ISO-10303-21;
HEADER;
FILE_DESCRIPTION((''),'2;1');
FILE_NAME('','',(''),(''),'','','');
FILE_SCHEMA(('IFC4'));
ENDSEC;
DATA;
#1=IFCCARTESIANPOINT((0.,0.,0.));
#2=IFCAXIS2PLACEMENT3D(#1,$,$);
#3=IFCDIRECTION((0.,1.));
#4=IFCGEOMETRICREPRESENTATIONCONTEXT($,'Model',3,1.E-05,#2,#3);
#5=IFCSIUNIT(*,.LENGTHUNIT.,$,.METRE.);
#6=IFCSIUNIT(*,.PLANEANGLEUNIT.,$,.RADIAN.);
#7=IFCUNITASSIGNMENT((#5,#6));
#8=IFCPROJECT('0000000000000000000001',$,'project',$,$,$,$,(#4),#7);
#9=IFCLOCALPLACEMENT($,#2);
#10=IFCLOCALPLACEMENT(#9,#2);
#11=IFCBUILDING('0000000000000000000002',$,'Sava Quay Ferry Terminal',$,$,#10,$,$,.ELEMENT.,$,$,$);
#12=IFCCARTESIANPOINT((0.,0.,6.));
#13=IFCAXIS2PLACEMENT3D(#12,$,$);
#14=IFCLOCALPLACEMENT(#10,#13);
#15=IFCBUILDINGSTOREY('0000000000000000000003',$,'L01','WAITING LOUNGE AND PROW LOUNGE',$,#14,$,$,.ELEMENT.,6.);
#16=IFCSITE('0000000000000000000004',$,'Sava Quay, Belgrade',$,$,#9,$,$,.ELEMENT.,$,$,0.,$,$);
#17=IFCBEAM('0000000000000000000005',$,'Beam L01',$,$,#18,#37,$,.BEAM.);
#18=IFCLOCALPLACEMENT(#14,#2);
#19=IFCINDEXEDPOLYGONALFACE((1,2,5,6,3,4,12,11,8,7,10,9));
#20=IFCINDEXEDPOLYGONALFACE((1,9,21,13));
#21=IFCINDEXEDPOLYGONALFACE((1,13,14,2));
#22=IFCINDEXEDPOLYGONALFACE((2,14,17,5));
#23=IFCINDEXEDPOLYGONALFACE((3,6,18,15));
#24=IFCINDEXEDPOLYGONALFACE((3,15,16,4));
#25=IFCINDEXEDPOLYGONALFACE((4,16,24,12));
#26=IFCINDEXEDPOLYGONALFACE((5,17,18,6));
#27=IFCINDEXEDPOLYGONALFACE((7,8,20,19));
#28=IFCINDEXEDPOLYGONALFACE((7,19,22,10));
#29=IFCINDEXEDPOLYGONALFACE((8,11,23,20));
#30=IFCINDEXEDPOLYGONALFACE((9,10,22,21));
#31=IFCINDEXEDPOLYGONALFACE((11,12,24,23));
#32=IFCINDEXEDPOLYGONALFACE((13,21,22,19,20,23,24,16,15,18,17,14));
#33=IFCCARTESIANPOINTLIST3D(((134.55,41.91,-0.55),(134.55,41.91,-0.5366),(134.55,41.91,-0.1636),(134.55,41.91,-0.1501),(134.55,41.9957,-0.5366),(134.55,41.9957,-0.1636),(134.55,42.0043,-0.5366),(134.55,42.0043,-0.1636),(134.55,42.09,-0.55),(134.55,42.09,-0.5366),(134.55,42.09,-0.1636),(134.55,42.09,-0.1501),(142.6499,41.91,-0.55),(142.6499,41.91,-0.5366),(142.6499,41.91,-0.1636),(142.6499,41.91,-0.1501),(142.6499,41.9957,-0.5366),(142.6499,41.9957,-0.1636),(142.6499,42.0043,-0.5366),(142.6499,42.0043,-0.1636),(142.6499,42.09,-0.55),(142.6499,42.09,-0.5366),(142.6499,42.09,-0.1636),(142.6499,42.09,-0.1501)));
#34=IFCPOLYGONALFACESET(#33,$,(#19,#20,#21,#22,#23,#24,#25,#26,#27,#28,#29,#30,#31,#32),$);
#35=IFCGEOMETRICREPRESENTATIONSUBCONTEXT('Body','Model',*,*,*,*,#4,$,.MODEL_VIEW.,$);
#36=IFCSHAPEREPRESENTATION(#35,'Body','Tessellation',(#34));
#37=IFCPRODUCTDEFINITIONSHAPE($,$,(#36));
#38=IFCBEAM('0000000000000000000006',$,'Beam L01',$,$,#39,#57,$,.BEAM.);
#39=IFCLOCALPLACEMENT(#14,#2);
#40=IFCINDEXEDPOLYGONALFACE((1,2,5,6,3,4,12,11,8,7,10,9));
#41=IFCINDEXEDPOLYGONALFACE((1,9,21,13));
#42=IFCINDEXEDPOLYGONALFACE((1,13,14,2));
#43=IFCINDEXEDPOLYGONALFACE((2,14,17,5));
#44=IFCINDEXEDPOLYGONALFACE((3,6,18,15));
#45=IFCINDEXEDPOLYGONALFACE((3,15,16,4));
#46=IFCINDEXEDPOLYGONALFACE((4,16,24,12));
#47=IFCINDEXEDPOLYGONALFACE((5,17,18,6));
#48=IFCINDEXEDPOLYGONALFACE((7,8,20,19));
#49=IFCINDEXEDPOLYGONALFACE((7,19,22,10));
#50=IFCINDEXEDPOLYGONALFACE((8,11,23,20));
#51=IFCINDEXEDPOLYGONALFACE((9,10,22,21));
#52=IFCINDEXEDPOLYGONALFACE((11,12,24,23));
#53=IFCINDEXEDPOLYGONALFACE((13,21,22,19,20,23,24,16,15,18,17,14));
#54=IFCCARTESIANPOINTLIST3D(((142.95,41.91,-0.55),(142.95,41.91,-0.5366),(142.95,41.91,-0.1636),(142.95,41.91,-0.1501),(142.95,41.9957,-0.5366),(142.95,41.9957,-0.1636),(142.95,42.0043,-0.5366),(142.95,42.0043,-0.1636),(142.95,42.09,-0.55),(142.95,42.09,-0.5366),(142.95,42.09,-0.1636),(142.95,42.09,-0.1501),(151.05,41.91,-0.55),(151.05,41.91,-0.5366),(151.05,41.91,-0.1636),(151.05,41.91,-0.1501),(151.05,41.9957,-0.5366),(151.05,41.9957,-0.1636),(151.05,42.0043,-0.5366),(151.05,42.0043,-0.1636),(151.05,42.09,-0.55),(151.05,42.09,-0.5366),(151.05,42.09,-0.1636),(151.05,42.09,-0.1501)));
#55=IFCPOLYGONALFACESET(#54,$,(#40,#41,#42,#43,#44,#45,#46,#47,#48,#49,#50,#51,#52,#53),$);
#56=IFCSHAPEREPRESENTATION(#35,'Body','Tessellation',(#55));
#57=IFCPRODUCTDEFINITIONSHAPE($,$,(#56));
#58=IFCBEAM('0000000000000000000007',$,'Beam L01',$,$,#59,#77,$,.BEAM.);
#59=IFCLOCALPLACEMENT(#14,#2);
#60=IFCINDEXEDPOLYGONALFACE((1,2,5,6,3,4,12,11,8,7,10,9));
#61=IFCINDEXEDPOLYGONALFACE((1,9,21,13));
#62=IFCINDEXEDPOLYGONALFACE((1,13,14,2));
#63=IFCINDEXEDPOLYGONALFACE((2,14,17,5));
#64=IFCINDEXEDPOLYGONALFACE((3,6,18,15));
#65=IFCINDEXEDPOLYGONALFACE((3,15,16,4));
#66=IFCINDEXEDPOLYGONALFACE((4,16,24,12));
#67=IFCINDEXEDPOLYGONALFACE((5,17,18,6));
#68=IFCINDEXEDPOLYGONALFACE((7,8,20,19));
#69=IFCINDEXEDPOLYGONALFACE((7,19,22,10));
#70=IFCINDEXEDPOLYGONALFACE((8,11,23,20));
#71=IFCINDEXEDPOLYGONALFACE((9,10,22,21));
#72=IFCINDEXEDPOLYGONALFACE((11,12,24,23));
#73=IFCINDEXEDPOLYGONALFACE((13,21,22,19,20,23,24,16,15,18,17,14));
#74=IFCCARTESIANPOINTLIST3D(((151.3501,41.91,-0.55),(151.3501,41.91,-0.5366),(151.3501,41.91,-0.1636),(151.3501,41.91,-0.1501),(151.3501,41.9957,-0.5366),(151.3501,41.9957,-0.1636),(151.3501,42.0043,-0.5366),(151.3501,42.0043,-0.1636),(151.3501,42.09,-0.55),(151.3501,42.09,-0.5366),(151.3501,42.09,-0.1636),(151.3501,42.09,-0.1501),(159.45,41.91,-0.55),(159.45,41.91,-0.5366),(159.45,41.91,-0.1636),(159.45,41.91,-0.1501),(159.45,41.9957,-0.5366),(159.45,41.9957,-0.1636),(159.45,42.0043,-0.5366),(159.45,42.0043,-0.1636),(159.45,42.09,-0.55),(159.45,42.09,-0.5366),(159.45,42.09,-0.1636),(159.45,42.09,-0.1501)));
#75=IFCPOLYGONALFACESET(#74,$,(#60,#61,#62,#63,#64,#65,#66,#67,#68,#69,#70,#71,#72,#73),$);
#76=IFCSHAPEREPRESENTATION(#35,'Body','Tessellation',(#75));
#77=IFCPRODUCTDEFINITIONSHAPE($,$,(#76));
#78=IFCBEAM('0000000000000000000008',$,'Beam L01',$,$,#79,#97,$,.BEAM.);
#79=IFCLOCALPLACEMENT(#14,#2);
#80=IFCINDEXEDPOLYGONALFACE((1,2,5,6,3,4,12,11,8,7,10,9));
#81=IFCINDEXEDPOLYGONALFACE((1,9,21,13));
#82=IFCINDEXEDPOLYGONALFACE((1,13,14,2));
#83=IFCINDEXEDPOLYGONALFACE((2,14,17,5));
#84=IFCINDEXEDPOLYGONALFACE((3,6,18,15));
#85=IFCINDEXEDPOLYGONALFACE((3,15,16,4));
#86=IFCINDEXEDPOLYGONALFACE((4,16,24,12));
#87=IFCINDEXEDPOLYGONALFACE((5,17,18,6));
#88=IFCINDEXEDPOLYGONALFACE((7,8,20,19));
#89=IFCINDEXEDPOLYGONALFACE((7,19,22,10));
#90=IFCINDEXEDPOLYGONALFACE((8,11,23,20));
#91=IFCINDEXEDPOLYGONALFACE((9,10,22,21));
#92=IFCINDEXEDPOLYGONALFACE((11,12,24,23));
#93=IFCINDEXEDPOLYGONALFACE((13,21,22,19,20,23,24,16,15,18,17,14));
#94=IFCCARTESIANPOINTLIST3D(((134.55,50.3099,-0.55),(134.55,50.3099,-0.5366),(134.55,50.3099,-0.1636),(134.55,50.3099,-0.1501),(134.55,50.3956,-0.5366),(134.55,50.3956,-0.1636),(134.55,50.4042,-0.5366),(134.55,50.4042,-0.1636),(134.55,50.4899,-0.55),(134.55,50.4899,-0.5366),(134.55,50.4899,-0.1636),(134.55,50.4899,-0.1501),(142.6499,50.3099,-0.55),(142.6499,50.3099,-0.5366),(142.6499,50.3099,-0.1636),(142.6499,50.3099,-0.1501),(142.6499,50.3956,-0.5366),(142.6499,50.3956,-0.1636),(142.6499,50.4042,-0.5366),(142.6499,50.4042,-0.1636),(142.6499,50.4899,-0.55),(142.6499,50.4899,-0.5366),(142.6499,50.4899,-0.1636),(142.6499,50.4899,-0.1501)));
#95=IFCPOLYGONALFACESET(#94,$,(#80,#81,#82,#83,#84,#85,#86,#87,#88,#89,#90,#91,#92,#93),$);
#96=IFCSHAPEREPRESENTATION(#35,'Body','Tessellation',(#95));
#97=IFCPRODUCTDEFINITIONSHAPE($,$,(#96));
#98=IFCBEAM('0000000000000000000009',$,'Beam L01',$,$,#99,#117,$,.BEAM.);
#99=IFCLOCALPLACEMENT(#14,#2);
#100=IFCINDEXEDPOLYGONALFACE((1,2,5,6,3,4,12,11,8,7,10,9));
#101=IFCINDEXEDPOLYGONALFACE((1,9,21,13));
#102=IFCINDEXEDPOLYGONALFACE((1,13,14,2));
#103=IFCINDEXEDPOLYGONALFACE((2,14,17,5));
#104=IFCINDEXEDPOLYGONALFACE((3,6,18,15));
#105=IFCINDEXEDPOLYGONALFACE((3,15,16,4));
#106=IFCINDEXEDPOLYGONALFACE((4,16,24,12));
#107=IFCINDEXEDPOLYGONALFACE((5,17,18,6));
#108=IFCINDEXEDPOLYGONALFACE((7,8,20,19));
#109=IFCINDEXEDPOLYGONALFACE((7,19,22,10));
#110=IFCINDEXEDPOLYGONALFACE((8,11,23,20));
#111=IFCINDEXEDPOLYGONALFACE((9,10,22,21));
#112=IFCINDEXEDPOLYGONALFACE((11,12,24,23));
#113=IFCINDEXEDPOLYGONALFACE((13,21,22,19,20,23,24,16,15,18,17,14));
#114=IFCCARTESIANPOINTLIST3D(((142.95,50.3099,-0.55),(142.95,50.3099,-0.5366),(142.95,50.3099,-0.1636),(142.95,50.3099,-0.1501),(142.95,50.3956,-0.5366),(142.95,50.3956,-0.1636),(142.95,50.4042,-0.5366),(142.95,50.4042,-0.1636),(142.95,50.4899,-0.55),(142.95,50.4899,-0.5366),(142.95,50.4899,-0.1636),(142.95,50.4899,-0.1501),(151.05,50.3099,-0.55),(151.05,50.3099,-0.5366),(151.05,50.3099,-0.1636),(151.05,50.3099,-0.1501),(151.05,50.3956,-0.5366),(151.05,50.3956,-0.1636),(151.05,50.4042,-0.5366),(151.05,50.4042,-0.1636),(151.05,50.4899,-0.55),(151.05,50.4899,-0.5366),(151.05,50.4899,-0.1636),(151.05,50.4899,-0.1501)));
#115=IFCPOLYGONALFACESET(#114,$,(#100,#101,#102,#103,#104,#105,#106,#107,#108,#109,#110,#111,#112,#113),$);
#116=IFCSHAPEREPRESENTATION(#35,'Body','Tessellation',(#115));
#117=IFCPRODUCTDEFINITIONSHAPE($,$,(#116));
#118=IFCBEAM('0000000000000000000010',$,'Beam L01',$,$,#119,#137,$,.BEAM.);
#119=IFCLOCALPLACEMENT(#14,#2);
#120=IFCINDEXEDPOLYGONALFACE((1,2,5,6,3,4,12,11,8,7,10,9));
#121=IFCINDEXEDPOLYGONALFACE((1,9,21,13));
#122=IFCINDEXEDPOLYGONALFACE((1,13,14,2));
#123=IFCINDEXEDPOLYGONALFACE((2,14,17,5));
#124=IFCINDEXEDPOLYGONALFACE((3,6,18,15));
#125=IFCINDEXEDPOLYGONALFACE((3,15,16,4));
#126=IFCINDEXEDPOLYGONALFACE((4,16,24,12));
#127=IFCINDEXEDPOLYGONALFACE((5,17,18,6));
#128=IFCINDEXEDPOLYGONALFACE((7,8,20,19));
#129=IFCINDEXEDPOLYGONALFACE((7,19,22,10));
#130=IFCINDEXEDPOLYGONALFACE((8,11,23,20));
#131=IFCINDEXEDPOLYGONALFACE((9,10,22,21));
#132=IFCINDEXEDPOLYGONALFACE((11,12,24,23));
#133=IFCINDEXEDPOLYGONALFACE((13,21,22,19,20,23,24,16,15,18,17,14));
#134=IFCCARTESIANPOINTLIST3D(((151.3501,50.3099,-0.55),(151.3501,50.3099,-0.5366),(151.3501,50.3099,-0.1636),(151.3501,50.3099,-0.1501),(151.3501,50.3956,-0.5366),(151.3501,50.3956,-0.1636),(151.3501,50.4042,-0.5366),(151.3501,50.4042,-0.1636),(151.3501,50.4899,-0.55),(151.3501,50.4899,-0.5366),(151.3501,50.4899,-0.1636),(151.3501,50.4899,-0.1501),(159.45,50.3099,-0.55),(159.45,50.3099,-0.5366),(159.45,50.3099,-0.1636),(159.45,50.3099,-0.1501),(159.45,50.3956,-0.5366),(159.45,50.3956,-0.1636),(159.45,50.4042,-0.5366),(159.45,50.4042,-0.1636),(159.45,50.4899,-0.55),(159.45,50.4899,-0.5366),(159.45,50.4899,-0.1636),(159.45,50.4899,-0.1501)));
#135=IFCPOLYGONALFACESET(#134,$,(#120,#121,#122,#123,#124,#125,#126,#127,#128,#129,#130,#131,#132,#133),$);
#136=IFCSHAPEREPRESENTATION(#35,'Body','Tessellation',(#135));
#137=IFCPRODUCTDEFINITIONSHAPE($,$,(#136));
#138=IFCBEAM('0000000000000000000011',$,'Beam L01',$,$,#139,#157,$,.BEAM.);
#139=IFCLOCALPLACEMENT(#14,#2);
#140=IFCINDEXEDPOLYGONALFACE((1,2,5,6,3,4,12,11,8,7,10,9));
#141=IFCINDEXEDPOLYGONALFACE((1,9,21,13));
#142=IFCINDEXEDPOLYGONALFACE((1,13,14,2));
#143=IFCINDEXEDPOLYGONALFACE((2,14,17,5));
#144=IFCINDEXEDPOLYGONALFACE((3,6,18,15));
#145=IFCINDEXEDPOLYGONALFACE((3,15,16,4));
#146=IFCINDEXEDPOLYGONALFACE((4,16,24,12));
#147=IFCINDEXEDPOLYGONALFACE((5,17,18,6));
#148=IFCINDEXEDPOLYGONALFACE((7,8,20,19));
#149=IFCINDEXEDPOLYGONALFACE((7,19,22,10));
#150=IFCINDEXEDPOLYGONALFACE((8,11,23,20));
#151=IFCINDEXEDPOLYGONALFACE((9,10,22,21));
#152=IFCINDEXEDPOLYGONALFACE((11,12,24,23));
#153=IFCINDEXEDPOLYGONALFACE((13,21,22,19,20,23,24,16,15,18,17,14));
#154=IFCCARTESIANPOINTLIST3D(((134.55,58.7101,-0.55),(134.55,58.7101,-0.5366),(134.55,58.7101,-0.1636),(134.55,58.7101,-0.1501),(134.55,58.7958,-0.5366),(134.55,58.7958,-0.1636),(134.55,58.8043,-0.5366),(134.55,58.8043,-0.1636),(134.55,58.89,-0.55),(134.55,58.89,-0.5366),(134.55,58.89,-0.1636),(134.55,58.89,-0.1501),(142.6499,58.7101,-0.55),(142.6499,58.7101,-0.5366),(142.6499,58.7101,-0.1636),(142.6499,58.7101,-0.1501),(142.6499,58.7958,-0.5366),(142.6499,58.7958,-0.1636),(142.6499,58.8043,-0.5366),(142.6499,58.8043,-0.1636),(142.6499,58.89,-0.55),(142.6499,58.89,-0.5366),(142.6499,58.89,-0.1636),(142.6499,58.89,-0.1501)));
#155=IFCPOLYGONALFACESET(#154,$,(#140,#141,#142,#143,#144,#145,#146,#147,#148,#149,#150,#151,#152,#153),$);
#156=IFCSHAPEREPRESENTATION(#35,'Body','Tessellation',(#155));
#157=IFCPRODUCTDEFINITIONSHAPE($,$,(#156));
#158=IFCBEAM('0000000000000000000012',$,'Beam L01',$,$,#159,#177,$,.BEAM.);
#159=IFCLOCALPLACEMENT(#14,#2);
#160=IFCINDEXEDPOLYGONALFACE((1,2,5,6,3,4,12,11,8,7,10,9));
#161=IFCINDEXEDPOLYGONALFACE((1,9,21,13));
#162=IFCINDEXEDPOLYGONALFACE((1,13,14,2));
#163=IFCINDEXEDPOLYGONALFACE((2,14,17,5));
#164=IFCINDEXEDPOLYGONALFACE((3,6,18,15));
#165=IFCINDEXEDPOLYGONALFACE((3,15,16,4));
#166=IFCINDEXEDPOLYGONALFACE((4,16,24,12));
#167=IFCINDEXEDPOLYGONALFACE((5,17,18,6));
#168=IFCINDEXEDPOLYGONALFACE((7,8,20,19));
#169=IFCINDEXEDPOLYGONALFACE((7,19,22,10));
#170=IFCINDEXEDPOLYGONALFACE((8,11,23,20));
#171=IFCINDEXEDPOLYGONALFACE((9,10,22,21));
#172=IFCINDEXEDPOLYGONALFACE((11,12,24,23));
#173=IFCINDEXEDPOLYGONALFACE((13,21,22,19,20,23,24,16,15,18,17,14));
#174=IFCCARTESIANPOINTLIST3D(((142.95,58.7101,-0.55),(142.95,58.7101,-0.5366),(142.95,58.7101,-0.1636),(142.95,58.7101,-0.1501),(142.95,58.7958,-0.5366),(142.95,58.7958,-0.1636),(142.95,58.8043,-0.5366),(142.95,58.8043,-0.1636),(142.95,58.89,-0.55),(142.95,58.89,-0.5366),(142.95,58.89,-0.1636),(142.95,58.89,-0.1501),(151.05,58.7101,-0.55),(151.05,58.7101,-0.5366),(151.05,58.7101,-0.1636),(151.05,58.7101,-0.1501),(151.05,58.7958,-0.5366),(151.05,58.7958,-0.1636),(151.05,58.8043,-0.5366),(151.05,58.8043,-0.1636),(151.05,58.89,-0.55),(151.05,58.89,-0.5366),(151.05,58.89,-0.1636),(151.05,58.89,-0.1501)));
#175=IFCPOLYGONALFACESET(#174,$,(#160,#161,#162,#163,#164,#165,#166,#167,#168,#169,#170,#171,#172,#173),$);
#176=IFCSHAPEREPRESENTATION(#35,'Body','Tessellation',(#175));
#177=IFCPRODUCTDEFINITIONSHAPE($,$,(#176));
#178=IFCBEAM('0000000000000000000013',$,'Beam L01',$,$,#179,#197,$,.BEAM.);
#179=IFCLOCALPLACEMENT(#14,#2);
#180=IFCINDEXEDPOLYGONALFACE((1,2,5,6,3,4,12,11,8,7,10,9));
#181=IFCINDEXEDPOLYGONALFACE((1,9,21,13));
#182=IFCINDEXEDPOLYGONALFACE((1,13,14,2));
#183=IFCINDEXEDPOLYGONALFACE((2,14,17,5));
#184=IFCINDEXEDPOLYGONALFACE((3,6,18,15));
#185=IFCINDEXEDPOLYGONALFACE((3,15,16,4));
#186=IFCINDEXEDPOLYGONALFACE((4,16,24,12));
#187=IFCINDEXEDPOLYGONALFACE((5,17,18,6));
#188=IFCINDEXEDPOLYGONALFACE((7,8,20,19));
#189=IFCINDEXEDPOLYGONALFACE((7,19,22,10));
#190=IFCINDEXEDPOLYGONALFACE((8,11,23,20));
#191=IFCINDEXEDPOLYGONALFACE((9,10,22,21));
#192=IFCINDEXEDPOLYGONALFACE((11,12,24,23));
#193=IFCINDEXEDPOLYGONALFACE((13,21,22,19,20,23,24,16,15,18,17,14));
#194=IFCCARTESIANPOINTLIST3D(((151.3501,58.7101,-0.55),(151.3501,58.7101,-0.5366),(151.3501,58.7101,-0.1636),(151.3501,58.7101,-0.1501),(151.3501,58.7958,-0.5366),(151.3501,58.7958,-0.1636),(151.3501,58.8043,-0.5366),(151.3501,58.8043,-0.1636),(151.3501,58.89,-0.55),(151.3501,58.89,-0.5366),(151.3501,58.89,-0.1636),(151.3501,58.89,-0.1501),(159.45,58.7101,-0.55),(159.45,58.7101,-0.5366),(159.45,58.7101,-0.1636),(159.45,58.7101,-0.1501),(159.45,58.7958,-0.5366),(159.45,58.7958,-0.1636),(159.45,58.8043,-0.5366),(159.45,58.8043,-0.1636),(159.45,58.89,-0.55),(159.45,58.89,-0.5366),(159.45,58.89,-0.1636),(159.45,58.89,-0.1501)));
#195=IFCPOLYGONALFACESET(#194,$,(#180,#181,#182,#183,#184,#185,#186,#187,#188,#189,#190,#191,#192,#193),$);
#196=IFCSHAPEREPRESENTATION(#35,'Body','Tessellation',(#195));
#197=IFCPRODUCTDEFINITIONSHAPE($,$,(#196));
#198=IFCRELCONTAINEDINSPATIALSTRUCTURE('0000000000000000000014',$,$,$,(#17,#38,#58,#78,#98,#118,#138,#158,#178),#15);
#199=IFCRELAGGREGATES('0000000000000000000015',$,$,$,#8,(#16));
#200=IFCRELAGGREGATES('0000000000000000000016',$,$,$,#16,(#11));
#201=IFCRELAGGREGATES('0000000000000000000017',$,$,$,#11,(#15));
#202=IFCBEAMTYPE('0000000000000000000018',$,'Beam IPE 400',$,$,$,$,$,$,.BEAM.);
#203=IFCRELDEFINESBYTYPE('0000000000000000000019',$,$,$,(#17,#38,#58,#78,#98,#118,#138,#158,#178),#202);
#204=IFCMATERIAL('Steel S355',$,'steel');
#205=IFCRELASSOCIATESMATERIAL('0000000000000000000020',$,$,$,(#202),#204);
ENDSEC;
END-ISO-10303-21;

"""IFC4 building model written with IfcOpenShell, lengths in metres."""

from ifc_helpers import new_model, si_unit, direction, frame, origin, origin_2d, place, context, subcontext, project, spatial, i_section, extrude, material, material_profile, profile_set, type_object, element, save


model = new_model("IFC4")

# Units and contexts
model_context = context("Model", 3, precision=1e-05, world=origin(), true_north=direction((0.0, 1.0)))
body_context = subcontext(model_context, "Body", "Model", "MODEL_VIEW")
ifc_project = project(units=[si_unit("LENGTHUNIT", "METRE"), si_unit("PLANEANGLEUNIT", "RADIAN")], contexts=[model_context])

# Site, building, storey
site_placement = place(None, origin())
site = spatial("IfcSite", under=ifc_project, at=site_placement, Name="Sava Quay, Belgrade", CompositionType="ELEMENT", RefElevation=0.0)
building_placement = place(site_placement, origin())
building = spatial("IfcBuilding", under=site, at=building_placement, Name="Sava Quay Ferry Terminal", CompositionType="ELEMENT")
storey_placement = place(building_placement, frame((0.0, 0.0, 6.0)))
storey = spatial("IfcBuildingStorey", under=building, at=storey_placement, Name="L01", Description="WAITING LOUNGE AND PROW LOUNGE", CompositionType="ELEMENT", Elevation=6.0)

# Beams
ifc_material_1 = material(Name="Steel S355", Category="steel")
ifc_material_profile_1 = material_profile(ifc_material_1, i_section(OverallWidth=0.1799, OverallDepth=0.3999, WebThickness=0.0085, FlangeThickness=0.0134, at=origin_2d()), Name="IPE 400")
ifc_profile_set_1 = profile_set([ifc_material_profile_1], Name="Steel S355")
beam_type_1 = type_object("IfcBeamType", Name="Beam IPE 400", PredefinedType="BEAM", material=ifc_profile_set_1)
beam_1_placement = place(storey_placement, frame((134.55, 42.0, -0.3501), z_axis=(1.0, 0.0, 0.0), x_axis=(0.0, 1.0, 0.0)))
element("IfcBeam", 1, at=beam_1_placement, inside=storey, type_object=beam_type_1, Name="Beam L01", PredefinedType="BEAM", context=body_context, shape_type="SweptSolid", body=[
    extrude(i_section(OverallWidth=0.1799, OverallDepth=0.3999, WebThickness=0.0085, FlangeThickness=0.0134, at=origin_2d()), origin(), (0.0, 0.0, 1.0), 8.0999),
])
beam_2_placement = place(storey_placement, frame((142.95, 42.0, -0.3501), z_axis=(1.0, 0.0, 0.0), x_axis=(0.0, 1.0, 0.0)))
element("IfcBeam", 2, at=beam_2_placement, inside=storey, type_object=beam_type_1, Name="Beam L01", PredefinedType="BEAM", context=body_context, shape_type="SweptSolid", body=[
    extrude(i_section(OverallWidth=0.1799, OverallDepth=0.3999, WebThickness=0.0085, FlangeThickness=0.0134, at=origin_2d()), origin(), (0.0, 0.0, 1.0), 8.1001),
])
for number, where, z_axis, x_axis, name in (
    (3, (151.3501, 42.0, -0.3501), (1.0, 0.0, 0.0), (0.0, 1.0, 0.0), "Beam L01"),
    (4, (134.55, 50.3999, -0.3501), (1.0, 0.0, 0.0), (0.0, 1.0, 0.0), "Beam L01"),
):
    element("IfcBeam", number, at=place(storey_placement, frame(where, z_axis=z_axis, x_axis=x_axis)), inside=storey, type_object=beam_type_1, Name=name, PredefinedType="BEAM", context=body_context, shape_type="SweptSolid", body=[
        extrude(i_section(OverallWidth=0.1799, OverallDepth=0.3999, WebThickness=0.0085, FlangeThickness=0.0134, at=origin_2d()), origin(), (0.0, 0.0, 1.0), 8.0999),
    ])
beam_3_placement = place(storey_placement, frame((142.95, 50.3999, -0.3501), z_axis=(1.0, 0.0, 0.0), x_axis=(0.0, 1.0, 0.0)))
element("IfcBeam", 5, at=beam_3_placement, inside=storey, type_object=beam_type_1, Name="Beam L01", PredefinedType="BEAM", context=body_context, shape_type="SweptSolid", body=[
    extrude(i_section(OverallWidth=0.1799, OverallDepth=0.3999, WebThickness=0.0085, FlangeThickness=0.0134, at=origin_2d()), origin(), (0.0, 0.0, 1.0), 8.1001),
])
for number, where, z_axis, x_axis, name in (
    (6, (151.3501, 50.3999, -0.3501), (1.0, 0.0, 0.0), (0.0, 1.0, 0.0), "Beam L01"),
    (7, (134.55, 58.8, -0.3501), (1.0, 0.0, 0.0), (0.0, 1.0, 0.0), "Beam L01"),
):
    element("IfcBeam", number, at=place(storey_placement, frame(where, z_axis=z_axis, x_axis=x_axis)), inside=storey, type_object=beam_type_1, Name=name, PredefinedType="BEAM", context=body_context, shape_type="SweptSolid", body=[
        extrude(i_section(OverallWidth=0.1799, OverallDepth=0.3999, WebThickness=0.0085, FlangeThickness=0.0134, at=origin_2d()), origin(), (0.0, 0.0, 1.0), 8.0999),
    ])
beam_4_placement = place(storey_placement, frame((142.95, 58.8, -0.3501), z_axis=(1.0, 0.0, 0.0), x_axis=(0.0, 1.0, 0.0)))
element("IfcBeam", 8, at=beam_4_placement, inside=storey, type_object=beam_type_1, Name="Beam L01", PredefinedType="BEAM", context=body_context, shape_type="SweptSolid", body=[
    extrude(i_section(OverallWidth=0.1799, OverallDepth=0.3999, WebThickness=0.0085, FlangeThickness=0.0134, at=origin_2d()), origin(), (0.0, 0.0, 1.0), 8.1001),
])
for number, where, z_axis, x_axis, name in (
    (9, (151.3501, 58.8, -0.3501), (1.0, 0.0, 0.0), (0.0, 1.0, 0.0), "Beam L01"),
):
    element("IfcBeam", number, at=place(storey_placement, frame(where, z_axis=z_axis, x_axis=x_axis)), inside=storey, type_object=beam_type_1, Name=name, PredefinedType="BEAM", context=body_context, shape_type="SweptSolid", body=[
        extrude(i_section(OverallWidth=0.1799, OverallDepth=0.3999, WebThickness=0.0085, FlangeThickness=0.0134, at=origin_2d()), origin(), (0.0, 0.0, 1.0), 8.0999),
    ])

save(model, "model.ifc")
